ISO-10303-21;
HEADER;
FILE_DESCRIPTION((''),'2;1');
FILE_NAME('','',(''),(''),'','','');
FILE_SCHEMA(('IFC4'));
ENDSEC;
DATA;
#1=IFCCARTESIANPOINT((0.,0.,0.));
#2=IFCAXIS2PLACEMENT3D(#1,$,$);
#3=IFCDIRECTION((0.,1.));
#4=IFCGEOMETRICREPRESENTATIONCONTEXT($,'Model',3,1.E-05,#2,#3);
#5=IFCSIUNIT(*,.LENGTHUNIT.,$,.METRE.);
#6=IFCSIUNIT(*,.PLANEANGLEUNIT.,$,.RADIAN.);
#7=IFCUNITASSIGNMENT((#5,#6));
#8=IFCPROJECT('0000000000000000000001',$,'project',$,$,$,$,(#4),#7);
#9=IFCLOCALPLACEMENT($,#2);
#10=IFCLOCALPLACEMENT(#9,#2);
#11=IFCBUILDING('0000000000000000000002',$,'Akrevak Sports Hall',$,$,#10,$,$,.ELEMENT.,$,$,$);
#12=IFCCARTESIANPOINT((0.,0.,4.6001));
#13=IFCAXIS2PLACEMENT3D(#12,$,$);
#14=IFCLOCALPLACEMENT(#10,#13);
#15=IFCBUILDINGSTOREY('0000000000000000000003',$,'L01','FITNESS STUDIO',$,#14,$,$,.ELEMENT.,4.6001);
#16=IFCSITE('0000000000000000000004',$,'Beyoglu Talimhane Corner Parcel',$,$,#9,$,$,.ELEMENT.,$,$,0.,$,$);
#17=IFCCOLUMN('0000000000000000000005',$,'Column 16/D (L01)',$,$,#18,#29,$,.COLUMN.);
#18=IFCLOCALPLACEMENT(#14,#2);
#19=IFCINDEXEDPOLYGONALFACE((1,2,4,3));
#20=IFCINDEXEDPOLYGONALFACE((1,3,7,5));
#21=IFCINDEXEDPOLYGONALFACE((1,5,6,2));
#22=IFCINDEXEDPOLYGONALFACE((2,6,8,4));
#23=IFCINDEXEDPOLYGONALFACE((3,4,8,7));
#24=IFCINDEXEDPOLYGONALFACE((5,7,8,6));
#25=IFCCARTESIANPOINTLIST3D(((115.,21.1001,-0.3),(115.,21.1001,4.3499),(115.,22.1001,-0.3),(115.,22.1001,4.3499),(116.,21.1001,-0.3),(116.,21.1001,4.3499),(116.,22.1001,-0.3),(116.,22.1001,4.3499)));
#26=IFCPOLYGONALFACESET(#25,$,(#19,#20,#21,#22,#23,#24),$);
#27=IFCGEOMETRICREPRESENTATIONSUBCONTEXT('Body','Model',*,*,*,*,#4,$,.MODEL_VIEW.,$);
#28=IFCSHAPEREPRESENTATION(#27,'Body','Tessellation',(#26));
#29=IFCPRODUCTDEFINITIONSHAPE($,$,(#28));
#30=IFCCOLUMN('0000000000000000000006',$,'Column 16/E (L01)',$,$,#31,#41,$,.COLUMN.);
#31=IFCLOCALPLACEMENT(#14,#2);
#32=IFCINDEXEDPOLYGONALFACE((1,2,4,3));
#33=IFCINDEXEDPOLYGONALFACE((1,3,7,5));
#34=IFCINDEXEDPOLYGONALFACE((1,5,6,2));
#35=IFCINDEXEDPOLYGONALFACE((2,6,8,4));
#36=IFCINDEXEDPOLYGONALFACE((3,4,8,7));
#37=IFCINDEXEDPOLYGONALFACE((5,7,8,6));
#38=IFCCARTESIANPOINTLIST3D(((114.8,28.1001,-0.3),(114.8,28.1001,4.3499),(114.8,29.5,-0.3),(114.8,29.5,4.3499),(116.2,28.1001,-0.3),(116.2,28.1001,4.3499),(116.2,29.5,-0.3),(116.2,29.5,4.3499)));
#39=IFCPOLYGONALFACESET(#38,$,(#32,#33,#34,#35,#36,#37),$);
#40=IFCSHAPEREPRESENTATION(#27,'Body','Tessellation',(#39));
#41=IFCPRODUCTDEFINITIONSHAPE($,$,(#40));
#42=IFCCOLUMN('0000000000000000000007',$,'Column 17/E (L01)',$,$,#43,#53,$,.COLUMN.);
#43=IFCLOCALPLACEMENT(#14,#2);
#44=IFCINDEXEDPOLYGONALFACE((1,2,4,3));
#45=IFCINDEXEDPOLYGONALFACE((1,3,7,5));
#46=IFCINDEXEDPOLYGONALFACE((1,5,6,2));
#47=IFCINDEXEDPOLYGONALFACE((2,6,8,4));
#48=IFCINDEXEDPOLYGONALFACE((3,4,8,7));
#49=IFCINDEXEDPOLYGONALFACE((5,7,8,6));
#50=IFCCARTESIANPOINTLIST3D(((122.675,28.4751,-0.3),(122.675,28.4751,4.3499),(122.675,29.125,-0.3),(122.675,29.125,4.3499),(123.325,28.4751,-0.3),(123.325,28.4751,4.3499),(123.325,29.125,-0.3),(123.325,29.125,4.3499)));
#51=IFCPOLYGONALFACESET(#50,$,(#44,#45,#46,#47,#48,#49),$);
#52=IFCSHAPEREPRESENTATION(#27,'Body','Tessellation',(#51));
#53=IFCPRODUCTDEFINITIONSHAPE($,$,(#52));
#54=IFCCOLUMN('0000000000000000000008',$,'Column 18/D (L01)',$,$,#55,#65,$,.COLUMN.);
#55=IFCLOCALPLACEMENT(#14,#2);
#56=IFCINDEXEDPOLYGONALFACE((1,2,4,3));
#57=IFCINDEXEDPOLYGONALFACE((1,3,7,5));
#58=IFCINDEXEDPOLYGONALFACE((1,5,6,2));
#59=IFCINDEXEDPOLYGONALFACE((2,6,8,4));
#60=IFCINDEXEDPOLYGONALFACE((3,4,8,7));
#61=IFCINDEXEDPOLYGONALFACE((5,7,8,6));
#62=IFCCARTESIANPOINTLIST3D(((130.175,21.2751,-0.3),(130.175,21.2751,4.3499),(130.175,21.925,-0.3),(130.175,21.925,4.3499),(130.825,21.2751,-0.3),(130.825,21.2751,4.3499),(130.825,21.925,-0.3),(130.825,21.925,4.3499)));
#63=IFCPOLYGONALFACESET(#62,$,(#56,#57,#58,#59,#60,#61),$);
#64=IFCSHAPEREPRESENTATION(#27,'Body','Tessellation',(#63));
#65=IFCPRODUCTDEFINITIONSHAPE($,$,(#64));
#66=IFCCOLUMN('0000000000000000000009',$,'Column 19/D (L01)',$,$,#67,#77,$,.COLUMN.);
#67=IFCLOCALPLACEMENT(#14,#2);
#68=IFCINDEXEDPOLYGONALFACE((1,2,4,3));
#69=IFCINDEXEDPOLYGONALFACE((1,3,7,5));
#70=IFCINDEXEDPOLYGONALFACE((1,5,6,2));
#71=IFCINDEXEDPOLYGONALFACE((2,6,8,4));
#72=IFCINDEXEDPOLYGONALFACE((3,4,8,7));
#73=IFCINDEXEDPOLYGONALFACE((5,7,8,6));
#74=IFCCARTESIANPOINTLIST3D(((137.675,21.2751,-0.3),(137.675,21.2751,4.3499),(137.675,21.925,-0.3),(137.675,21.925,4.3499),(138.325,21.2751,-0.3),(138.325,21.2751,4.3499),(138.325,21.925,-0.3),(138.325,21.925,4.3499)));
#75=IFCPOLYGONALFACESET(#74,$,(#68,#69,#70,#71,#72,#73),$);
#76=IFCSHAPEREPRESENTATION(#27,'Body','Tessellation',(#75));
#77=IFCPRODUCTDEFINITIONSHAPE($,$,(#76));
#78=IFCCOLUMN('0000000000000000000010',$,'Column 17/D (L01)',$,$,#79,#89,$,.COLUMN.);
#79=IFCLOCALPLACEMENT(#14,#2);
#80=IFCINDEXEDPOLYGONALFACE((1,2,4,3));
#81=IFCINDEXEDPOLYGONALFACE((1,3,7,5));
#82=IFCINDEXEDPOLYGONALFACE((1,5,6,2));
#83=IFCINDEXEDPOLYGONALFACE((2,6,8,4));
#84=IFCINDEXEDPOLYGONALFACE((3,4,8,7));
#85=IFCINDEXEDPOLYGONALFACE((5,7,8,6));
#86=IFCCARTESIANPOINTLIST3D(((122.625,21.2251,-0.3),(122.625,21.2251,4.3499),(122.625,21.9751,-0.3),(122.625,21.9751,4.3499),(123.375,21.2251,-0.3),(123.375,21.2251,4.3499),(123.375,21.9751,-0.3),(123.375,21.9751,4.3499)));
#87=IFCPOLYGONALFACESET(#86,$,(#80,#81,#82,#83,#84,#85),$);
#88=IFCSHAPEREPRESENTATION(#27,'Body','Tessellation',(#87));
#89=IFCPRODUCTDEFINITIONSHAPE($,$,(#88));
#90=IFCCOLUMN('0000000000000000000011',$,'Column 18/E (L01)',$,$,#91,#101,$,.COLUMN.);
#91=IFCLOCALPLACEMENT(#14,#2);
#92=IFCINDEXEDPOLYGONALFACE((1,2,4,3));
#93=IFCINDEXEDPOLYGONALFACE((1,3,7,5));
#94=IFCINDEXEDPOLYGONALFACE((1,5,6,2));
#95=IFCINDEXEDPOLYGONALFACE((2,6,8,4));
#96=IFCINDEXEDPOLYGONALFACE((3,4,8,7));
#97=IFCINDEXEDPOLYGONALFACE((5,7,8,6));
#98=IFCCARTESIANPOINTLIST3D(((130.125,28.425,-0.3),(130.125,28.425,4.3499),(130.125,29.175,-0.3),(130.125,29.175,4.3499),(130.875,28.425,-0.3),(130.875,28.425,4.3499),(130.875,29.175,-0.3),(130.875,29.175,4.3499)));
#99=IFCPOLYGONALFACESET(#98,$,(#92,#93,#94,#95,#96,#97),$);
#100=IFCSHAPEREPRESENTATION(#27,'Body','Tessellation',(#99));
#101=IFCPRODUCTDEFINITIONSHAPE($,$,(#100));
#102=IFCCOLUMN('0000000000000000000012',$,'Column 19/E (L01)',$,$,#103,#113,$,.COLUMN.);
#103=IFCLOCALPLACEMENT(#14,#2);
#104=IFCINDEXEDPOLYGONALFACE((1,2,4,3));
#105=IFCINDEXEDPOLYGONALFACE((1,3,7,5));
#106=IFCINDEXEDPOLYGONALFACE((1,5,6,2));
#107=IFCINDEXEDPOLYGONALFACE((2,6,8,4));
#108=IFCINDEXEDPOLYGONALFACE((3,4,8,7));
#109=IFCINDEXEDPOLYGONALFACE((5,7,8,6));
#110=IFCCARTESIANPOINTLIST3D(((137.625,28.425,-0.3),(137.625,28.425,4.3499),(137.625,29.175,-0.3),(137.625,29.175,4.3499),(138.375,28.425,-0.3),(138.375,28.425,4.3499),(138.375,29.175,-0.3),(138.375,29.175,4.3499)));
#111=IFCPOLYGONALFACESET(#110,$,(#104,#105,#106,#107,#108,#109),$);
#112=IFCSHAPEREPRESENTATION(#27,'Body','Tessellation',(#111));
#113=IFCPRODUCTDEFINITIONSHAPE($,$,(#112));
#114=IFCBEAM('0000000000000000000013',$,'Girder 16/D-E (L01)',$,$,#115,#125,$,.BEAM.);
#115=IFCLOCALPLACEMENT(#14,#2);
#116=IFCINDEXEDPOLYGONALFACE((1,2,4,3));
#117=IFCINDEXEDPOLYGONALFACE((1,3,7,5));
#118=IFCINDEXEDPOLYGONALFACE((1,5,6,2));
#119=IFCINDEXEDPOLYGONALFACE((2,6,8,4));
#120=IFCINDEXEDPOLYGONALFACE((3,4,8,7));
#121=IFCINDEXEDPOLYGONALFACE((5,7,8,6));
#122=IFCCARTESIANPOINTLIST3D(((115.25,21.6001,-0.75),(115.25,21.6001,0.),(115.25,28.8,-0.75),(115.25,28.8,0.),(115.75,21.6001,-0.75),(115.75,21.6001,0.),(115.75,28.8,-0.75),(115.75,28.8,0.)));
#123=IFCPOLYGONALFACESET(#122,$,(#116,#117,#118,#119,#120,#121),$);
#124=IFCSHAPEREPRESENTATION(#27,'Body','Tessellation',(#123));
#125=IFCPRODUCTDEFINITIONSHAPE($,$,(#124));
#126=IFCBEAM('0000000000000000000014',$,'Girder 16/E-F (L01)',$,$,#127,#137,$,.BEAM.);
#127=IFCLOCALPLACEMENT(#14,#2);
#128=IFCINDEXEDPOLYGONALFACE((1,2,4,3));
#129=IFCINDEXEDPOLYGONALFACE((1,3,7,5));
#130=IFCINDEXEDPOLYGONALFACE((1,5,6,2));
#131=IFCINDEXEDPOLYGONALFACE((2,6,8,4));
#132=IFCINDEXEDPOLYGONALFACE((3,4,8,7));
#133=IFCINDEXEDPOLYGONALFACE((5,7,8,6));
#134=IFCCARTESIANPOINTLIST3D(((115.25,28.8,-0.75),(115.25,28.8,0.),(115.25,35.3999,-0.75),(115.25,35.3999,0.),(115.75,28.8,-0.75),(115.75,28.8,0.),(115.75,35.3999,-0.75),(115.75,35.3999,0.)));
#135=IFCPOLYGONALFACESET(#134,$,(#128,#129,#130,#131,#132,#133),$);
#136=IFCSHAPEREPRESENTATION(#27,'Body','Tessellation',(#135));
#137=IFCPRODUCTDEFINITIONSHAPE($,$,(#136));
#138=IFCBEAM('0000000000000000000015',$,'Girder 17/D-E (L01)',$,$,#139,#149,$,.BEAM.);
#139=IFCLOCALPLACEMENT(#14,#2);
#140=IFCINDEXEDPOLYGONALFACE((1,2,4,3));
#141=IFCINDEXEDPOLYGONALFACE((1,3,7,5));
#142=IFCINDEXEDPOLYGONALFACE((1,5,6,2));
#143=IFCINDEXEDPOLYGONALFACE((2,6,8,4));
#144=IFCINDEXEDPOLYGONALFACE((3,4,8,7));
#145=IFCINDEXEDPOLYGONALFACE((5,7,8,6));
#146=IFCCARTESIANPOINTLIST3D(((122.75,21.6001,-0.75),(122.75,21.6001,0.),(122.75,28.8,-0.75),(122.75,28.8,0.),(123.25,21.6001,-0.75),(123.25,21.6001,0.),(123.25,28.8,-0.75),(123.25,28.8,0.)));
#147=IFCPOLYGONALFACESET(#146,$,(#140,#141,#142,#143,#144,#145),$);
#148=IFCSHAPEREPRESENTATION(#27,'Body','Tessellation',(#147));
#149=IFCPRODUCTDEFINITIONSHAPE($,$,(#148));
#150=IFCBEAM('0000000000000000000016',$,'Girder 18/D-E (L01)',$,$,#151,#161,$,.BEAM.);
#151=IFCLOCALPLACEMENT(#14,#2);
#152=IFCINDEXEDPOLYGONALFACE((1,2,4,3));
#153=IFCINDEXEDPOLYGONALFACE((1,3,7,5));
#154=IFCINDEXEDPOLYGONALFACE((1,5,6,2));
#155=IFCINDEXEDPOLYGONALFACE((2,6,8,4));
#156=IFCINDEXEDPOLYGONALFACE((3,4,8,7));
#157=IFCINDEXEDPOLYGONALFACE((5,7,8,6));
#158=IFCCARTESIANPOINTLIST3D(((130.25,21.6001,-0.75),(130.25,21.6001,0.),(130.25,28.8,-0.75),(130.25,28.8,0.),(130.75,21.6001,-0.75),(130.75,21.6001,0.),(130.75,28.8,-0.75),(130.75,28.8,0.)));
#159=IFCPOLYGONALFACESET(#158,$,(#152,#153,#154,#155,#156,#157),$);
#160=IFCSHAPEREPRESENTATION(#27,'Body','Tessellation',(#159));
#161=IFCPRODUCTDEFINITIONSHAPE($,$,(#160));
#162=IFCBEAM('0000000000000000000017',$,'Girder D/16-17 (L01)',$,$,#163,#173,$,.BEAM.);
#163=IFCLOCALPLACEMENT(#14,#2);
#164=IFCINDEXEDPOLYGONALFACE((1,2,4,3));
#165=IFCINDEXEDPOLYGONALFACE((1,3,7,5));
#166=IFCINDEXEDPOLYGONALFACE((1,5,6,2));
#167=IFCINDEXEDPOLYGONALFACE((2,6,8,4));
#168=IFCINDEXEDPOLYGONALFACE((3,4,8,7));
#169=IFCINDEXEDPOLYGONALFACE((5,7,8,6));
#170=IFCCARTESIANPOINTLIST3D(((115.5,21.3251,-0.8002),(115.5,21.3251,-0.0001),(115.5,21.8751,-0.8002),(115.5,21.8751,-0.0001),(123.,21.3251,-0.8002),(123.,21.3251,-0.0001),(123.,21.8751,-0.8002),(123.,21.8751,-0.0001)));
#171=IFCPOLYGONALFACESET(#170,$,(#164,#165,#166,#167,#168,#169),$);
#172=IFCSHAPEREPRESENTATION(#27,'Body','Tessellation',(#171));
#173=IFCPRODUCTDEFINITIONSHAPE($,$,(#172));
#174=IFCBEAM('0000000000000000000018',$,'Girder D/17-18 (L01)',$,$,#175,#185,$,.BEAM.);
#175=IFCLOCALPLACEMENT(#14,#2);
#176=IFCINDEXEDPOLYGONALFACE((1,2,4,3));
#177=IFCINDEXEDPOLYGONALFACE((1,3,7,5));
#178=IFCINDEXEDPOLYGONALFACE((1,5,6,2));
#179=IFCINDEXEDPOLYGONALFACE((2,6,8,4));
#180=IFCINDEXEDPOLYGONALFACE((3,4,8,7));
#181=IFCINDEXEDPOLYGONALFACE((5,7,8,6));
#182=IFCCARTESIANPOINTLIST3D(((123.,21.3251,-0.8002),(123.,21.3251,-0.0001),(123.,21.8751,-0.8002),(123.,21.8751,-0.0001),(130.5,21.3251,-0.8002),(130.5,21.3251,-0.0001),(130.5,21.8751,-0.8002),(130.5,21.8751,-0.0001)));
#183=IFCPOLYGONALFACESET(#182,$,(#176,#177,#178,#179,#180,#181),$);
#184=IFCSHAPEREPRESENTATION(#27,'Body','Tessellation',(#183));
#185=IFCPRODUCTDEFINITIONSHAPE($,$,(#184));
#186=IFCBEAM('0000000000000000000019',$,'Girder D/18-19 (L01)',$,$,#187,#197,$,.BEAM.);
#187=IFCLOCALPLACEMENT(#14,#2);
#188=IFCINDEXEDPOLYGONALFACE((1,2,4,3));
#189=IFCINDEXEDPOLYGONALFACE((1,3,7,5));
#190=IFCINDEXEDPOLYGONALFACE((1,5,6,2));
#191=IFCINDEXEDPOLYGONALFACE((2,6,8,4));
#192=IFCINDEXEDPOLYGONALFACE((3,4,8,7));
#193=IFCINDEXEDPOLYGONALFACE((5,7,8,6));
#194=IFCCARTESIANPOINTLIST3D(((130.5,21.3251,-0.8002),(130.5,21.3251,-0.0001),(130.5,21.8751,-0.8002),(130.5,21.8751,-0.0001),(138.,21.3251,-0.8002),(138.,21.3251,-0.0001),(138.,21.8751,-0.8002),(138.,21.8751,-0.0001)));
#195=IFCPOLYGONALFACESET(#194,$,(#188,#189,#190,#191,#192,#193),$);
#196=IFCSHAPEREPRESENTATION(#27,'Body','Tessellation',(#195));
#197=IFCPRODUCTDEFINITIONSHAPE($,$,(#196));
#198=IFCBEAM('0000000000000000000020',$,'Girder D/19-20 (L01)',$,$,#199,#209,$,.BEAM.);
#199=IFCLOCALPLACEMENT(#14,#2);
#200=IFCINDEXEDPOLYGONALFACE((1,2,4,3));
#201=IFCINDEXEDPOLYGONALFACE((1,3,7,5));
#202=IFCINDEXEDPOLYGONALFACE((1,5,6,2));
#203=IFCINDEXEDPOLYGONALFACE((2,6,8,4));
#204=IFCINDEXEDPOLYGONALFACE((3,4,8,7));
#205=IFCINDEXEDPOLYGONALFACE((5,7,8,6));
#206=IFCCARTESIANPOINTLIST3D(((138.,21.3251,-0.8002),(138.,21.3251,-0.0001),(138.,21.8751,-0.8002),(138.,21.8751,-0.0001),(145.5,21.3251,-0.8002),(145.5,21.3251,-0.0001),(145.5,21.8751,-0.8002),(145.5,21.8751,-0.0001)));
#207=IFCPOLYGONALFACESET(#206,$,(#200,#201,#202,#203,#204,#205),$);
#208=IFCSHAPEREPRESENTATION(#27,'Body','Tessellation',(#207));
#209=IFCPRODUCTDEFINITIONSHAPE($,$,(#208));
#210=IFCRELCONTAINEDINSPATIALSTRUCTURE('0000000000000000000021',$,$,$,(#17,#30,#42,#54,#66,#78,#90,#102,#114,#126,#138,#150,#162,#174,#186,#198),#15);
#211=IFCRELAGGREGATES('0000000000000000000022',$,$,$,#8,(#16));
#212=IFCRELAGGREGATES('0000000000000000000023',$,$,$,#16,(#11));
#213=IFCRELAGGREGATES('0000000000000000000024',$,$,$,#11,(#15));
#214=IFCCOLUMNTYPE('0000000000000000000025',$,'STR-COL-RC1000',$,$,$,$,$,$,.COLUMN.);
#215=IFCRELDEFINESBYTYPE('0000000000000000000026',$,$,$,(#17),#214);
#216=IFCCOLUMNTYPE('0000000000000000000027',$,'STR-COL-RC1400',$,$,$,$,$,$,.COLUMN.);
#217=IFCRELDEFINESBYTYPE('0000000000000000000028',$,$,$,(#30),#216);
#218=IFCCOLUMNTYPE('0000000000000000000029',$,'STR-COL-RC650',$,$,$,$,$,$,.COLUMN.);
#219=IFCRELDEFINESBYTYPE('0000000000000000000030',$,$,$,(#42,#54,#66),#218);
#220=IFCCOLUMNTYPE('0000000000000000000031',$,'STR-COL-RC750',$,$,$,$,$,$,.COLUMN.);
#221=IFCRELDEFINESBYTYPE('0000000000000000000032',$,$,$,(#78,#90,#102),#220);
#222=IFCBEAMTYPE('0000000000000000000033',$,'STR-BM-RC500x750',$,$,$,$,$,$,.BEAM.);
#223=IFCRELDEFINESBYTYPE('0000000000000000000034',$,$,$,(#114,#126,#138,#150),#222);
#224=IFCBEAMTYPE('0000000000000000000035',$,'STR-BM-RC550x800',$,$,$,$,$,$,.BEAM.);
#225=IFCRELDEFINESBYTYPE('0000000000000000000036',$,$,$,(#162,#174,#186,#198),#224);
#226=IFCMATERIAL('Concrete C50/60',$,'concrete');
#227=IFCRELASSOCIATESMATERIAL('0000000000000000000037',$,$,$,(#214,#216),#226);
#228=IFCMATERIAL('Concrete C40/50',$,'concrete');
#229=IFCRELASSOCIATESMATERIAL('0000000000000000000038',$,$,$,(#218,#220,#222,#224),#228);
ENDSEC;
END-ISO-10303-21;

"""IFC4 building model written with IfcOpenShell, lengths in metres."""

from ifc_helpers import new_model, si_unit, direction, frame, origin, origin_2d, place, context, subcontext, project, spatial, rectangle, extrude, material, material_profile, profile_set, type_object, element, save


model = new_model("IFC4")

# Units and contexts
model_context = context("Model", 3, precision=1e-05, world=origin(), true_north=direction((0.0, 1.0)))
body_context = subcontext(model_context, "Body", "Model", "MODEL_VIEW")
ifc_project = project(units=[si_unit("LENGTHUNIT", "METRE"), si_unit("PLANEANGLEUNIT", "RADIAN")], contexts=[model_context])

# Site, building, storey
site_placement = place(None, origin())
site = spatial("IfcSite", under=ifc_project, at=site_placement, Name="Beyoglu Talimhane Corner Parcel", CompositionType="ELEMENT", RefElevation=0.0)
building_placement = place(site_placement, origin())
building = spatial("IfcBuilding", under=site, at=building_placement, Name="Akrevak Sports Hall", CompositionType="ELEMENT")
storey_placement = place(building_placement, frame((0.0, 0.0, 4.6001)))
storey = spatial("IfcBuildingStorey", under=building, at=storey_placement, Name="L01", Description="FITNESS STUDIO", CompositionType="ELEMENT", Elevation=4.6001)

# Columns
ifc_material_1 = material(Name="Concrete C50/60", Category="concrete")
ifc_material_profile_1 = material_profile(ifc_material_1, rectangle(XDim=1.0, YDim=1.0, at=origin_2d()), Name="RC 1000x1000", Category="concrete")
ifc_profile_set_1 = profile_set([ifc_material_profile_1], Name="Concrete C50/60")
column_type_1 = type_object("IfcColumnType", Name="STR-COL-RC1000", PredefinedType="COLUMN", material=ifc_profile_set_1)
column_1_placement = place(storey_placement, frame((115.5, 21.6001, -0.3), z_axis=(0.0, 0.0, 1.0), x_axis=(1.0, 0.0, 0.0)))
element("IfcColumn", 1, at=column_1_placement, inside=storey, type_object=column_type_1, Name="Column 16/D (L01)", PredefinedType="COLUMN", context=body_context, shape_type="SweptSolid", body=[
    extrude(rectangle(XDim=1.0, YDim=1.0, at=origin_2d()), origin(), (0.0, 0.0, 1.0), 4.6499),
])
ifc_material_profile_2 = material_profile(ifc_material_1, rectangle(XDim=1.3999, YDim=1.3999, at=origin_2d()), Name="RC 1400x1400", Category="concrete")
ifc_profile_set_2 = profile_set([ifc_material_profile_2], Name="Concrete C50/60")
column_type_2 = type_object("IfcColumnType", Name="STR-COL-RC1400", PredefinedType="COLUMN", material=ifc_profile_set_2)
column_2_placement = place(storey_placement, frame((115.5, 28.8, -0.3), z_axis=(0.0, 0.0, 1.0), x_axis=(1.0, 0.0, 0.0)))
element("IfcColumn", 2, at=column_2_placement, inside=storey, type_object=column_type_2, Name="Column 16/E (L01)", PredefinedType="COLUMN", context=body_context, shape_type="SweptSolid", body=[
    extrude(rectangle(XDim=1.3999, YDim=1.3999, at=origin_2d()), origin(), (0.0, 0.0, 1.0), 4.6499),
])
ifc_material_2 = material(Name="Concrete C40/50", Category="concrete")
ifc_material_profile_3 = material_profile(ifc_material_2, rectangle(XDim=0.6499, YDim=0.6499, at=origin_2d()), Name="RC 650x650", Category="concrete")
ifc_profile_set_3 = profile_set([ifc_material_profile_3], Name="Concrete C40/50")
column_type_3 = type_object("IfcColumnType", Name="STR-COL-RC650", PredefinedType="COLUMN", material=ifc_profile_set_3)
for number, where, z_axis, x_axis, name in (
    (3, (123.0, 28.8, -0.3), (0.0, 0.0, 1.0), (1.0, 0.0, 0.0), "Column 17/E (L01)"),
    (4, (130.5, 21.6001, -0.3), (0.0, 0.0, 1.0), (1.0, 0.0, 0.0), "Column 18/D (L01)"),
    (5, (138.0, 21.6001, -0.3), (0.0, 0.0, 1.0), (1.0, 0.0, 0.0), "Column 19/D (L01)"),
):
    element("IfcColumn", number, at=place(storey_placement, frame(where, z_axis=z_axis, x_axis=x_axis)), inside=storey, type_object=column_type_3, Name=name, PredefinedType="COLUMN", context=body_context, shape_type="SweptSolid", body=[
        extrude(rectangle(XDim=0.6499, YDim=0.6499, at=origin_2d()), origin(), (0.0, 0.0, 1.0), 4.6499),
    ])
ifc_material_profile_4 = material_profile(ifc_material_2, rectangle(XDim=0.75, YDim=0.75, at=origin_2d()), Name="RC 750x750", Category="concrete")
ifc_profile_set_4 = profile_set([ifc_material_profile_4], Name="Concrete C40/50")
column_type_4 = type_object("IfcColumnType", Name="STR-COL-RC750", PredefinedType="COLUMN", material=ifc_profile_set_4)
for number, where, z_axis, x_axis, name in (
    (6, (123.0, 21.6001, -0.3), (0.0, 0.0, 1.0), (1.0, 0.0, 0.0), "Column 17/D (L01)"),
    (7, (130.5, 28.8, -0.3), (0.0, 0.0, 1.0), (1.0, 0.0, 0.0), "Column 18/E (L01)"),
    (8, (138.0, 28.8, -0.3), (0.0, 0.0, 1.0), (1.0, 0.0, 0.0), "Column 19/E (L01)"),
):
    element("IfcColumn", number, at=place(storey_placement, frame(where, z_axis=z_axis, x_axis=x_axis)), inside=storey, type_object=column_type_4, Name=name, PredefinedType="COLUMN", context=body_context, shape_type="SweptSolid", body=[
        extrude(rectangle(XDim=0.75, YDim=0.75, at=origin_2d()), origin(), (0.0, 0.0, 1.0), 4.6499),
    ])

# Beams
ifc_material_profile_5 = material_profile(ifc_material_2, rectangle(XDim=0.5, YDim=0.75, at=origin_2d()), Name="BM 500x750", Category="concrete")
ifc_profile_set_5 = profile_set([ifc_material_profile_5], Name="Concrete C40/50")
beam_type_1 = type_object("IfcBeamType", Name="STR-BM-RC500x750", PredefinedType="BEAM", material=ifc_profile_set_5)
beam_1_placement = place(storey_placement, frame((115.5, 21.6001, -0.375), z_axis=(0.0, 1.0, 0.0), x_axis=(-1.0, 0.0, 0.0)))
element("IfcBeam", 9, at=beam_1_placement, inside=storey, type_object=beam_type_1, Name="Girder 16/D-E (L01)", PredefinedType="BEAM", context=body_context, shape_type="SweptSolid", body=[
    extrude(rectangle(XDim=0.5, YDim=0.75, at=origin_2d()), origin(), (0.0, 0.0, 1.0), 7.2),
])
beam_2_placement = place(storey_placement, frame((115.5, 28.8, -0.375), z_axis=(0.0, 1.0, 0.0), x_axis=(-1.0, 0.0, 0.0)))
element("IfcBeam", 10, at=beam_2_placement, inside=storey, type_object=beam_type_1, Name="Girder 16/E-F (L01)", PredefinedType="BEAM", context=body_context, shape_type="SweptSolid", body=[
    extrude(rectangle(XDim=0.5, YDim=0.75, at=origin_2d()), origin(), (0.0, 0.0, 1.0), 6.5999),
])
for number, where, z_axis, x_axis, name in (
    (11, (123.0, 21.6001, -0.375), (0.0, 1.0, 0.0), (-1.0, 0.0, 0.0), "Girder 17/D-E (L01)"),
    (12, (130.5, 21.6001, -0.375), (0.0, 1.0, 0.0), (-1.0, 0.0, 0.0), "Girder 18/D-E (L01)"),
):
    element("IfcBeam", number, at=place(storey_placement, frame(where, z_axis=z_axis, x_axis=x_axis)), inside=storey, type_object=beam_type_1, Name=name, PredefinedType="BEAM", context=body_context, shape_type="SweptSolid", body=[
        extrude(rectangle(XDim=0.5, YDim=0.75, at=origin_2d()), origin(), (0.0, 0.0, 1.0), 7.2),
    ])
ifc_material_profile_6 = material_profile(ifc_material_2, rectangle(XDim=0.55, YDim=0.8, at=origin_2d()), Name="BM 550x800", Category="concrete")
ifc_profile_set_6 = profile_set([ifc_material_profile_6], Name="Concrete C40/50")
beam_type_2 = type_object("IfcBeamType", Name="STR-BM-RC550x800", PredefinedType="BEAM", material=ifc_profile_set_6)
for number, where, z_axis, x_axis, name in (
    (13, (115.5, 21.6001, -0.4001), (1.0, 0.0, 0.0), (0.0, 1.0, 0.0), "Girder D/16-17 (L01)"),
    (14, (123.0, 21.6001, -0.4001), (1.0, 0.0, 0.0), (0.0, 1.0, 0.0), "Girder D/17-18 (L01)"),
    (15, (130.5, 21.6001, -0.4001), (1.0, 0.0, 0.0), (0.0, 1.0, 0.0), "Girder D/18-19 (L01)"),
    (16, (138.0, 21.6001, -0.4001), (1.0, 0.0, 0.0), (0.0, 1.0, 0.0), "Girder D/19-20 (L01)"),
):
    element("IfcBeam", number, at=place(storey_placement, frame(where, z_axis=z_axis, x_axis=x_axis)), inside=storey, type_object=beam_type_2, Name=name, PredefinedType="BEAM", context=body_context, shape_type="SweptSolid", body=[
        extrude(rectangle(XDim=0.55, YDim=0.8, at=origin_2d()), origin(), (0.0, 0.0, 1.0), 7.5),
    ])

save(model, "model.ifc")
